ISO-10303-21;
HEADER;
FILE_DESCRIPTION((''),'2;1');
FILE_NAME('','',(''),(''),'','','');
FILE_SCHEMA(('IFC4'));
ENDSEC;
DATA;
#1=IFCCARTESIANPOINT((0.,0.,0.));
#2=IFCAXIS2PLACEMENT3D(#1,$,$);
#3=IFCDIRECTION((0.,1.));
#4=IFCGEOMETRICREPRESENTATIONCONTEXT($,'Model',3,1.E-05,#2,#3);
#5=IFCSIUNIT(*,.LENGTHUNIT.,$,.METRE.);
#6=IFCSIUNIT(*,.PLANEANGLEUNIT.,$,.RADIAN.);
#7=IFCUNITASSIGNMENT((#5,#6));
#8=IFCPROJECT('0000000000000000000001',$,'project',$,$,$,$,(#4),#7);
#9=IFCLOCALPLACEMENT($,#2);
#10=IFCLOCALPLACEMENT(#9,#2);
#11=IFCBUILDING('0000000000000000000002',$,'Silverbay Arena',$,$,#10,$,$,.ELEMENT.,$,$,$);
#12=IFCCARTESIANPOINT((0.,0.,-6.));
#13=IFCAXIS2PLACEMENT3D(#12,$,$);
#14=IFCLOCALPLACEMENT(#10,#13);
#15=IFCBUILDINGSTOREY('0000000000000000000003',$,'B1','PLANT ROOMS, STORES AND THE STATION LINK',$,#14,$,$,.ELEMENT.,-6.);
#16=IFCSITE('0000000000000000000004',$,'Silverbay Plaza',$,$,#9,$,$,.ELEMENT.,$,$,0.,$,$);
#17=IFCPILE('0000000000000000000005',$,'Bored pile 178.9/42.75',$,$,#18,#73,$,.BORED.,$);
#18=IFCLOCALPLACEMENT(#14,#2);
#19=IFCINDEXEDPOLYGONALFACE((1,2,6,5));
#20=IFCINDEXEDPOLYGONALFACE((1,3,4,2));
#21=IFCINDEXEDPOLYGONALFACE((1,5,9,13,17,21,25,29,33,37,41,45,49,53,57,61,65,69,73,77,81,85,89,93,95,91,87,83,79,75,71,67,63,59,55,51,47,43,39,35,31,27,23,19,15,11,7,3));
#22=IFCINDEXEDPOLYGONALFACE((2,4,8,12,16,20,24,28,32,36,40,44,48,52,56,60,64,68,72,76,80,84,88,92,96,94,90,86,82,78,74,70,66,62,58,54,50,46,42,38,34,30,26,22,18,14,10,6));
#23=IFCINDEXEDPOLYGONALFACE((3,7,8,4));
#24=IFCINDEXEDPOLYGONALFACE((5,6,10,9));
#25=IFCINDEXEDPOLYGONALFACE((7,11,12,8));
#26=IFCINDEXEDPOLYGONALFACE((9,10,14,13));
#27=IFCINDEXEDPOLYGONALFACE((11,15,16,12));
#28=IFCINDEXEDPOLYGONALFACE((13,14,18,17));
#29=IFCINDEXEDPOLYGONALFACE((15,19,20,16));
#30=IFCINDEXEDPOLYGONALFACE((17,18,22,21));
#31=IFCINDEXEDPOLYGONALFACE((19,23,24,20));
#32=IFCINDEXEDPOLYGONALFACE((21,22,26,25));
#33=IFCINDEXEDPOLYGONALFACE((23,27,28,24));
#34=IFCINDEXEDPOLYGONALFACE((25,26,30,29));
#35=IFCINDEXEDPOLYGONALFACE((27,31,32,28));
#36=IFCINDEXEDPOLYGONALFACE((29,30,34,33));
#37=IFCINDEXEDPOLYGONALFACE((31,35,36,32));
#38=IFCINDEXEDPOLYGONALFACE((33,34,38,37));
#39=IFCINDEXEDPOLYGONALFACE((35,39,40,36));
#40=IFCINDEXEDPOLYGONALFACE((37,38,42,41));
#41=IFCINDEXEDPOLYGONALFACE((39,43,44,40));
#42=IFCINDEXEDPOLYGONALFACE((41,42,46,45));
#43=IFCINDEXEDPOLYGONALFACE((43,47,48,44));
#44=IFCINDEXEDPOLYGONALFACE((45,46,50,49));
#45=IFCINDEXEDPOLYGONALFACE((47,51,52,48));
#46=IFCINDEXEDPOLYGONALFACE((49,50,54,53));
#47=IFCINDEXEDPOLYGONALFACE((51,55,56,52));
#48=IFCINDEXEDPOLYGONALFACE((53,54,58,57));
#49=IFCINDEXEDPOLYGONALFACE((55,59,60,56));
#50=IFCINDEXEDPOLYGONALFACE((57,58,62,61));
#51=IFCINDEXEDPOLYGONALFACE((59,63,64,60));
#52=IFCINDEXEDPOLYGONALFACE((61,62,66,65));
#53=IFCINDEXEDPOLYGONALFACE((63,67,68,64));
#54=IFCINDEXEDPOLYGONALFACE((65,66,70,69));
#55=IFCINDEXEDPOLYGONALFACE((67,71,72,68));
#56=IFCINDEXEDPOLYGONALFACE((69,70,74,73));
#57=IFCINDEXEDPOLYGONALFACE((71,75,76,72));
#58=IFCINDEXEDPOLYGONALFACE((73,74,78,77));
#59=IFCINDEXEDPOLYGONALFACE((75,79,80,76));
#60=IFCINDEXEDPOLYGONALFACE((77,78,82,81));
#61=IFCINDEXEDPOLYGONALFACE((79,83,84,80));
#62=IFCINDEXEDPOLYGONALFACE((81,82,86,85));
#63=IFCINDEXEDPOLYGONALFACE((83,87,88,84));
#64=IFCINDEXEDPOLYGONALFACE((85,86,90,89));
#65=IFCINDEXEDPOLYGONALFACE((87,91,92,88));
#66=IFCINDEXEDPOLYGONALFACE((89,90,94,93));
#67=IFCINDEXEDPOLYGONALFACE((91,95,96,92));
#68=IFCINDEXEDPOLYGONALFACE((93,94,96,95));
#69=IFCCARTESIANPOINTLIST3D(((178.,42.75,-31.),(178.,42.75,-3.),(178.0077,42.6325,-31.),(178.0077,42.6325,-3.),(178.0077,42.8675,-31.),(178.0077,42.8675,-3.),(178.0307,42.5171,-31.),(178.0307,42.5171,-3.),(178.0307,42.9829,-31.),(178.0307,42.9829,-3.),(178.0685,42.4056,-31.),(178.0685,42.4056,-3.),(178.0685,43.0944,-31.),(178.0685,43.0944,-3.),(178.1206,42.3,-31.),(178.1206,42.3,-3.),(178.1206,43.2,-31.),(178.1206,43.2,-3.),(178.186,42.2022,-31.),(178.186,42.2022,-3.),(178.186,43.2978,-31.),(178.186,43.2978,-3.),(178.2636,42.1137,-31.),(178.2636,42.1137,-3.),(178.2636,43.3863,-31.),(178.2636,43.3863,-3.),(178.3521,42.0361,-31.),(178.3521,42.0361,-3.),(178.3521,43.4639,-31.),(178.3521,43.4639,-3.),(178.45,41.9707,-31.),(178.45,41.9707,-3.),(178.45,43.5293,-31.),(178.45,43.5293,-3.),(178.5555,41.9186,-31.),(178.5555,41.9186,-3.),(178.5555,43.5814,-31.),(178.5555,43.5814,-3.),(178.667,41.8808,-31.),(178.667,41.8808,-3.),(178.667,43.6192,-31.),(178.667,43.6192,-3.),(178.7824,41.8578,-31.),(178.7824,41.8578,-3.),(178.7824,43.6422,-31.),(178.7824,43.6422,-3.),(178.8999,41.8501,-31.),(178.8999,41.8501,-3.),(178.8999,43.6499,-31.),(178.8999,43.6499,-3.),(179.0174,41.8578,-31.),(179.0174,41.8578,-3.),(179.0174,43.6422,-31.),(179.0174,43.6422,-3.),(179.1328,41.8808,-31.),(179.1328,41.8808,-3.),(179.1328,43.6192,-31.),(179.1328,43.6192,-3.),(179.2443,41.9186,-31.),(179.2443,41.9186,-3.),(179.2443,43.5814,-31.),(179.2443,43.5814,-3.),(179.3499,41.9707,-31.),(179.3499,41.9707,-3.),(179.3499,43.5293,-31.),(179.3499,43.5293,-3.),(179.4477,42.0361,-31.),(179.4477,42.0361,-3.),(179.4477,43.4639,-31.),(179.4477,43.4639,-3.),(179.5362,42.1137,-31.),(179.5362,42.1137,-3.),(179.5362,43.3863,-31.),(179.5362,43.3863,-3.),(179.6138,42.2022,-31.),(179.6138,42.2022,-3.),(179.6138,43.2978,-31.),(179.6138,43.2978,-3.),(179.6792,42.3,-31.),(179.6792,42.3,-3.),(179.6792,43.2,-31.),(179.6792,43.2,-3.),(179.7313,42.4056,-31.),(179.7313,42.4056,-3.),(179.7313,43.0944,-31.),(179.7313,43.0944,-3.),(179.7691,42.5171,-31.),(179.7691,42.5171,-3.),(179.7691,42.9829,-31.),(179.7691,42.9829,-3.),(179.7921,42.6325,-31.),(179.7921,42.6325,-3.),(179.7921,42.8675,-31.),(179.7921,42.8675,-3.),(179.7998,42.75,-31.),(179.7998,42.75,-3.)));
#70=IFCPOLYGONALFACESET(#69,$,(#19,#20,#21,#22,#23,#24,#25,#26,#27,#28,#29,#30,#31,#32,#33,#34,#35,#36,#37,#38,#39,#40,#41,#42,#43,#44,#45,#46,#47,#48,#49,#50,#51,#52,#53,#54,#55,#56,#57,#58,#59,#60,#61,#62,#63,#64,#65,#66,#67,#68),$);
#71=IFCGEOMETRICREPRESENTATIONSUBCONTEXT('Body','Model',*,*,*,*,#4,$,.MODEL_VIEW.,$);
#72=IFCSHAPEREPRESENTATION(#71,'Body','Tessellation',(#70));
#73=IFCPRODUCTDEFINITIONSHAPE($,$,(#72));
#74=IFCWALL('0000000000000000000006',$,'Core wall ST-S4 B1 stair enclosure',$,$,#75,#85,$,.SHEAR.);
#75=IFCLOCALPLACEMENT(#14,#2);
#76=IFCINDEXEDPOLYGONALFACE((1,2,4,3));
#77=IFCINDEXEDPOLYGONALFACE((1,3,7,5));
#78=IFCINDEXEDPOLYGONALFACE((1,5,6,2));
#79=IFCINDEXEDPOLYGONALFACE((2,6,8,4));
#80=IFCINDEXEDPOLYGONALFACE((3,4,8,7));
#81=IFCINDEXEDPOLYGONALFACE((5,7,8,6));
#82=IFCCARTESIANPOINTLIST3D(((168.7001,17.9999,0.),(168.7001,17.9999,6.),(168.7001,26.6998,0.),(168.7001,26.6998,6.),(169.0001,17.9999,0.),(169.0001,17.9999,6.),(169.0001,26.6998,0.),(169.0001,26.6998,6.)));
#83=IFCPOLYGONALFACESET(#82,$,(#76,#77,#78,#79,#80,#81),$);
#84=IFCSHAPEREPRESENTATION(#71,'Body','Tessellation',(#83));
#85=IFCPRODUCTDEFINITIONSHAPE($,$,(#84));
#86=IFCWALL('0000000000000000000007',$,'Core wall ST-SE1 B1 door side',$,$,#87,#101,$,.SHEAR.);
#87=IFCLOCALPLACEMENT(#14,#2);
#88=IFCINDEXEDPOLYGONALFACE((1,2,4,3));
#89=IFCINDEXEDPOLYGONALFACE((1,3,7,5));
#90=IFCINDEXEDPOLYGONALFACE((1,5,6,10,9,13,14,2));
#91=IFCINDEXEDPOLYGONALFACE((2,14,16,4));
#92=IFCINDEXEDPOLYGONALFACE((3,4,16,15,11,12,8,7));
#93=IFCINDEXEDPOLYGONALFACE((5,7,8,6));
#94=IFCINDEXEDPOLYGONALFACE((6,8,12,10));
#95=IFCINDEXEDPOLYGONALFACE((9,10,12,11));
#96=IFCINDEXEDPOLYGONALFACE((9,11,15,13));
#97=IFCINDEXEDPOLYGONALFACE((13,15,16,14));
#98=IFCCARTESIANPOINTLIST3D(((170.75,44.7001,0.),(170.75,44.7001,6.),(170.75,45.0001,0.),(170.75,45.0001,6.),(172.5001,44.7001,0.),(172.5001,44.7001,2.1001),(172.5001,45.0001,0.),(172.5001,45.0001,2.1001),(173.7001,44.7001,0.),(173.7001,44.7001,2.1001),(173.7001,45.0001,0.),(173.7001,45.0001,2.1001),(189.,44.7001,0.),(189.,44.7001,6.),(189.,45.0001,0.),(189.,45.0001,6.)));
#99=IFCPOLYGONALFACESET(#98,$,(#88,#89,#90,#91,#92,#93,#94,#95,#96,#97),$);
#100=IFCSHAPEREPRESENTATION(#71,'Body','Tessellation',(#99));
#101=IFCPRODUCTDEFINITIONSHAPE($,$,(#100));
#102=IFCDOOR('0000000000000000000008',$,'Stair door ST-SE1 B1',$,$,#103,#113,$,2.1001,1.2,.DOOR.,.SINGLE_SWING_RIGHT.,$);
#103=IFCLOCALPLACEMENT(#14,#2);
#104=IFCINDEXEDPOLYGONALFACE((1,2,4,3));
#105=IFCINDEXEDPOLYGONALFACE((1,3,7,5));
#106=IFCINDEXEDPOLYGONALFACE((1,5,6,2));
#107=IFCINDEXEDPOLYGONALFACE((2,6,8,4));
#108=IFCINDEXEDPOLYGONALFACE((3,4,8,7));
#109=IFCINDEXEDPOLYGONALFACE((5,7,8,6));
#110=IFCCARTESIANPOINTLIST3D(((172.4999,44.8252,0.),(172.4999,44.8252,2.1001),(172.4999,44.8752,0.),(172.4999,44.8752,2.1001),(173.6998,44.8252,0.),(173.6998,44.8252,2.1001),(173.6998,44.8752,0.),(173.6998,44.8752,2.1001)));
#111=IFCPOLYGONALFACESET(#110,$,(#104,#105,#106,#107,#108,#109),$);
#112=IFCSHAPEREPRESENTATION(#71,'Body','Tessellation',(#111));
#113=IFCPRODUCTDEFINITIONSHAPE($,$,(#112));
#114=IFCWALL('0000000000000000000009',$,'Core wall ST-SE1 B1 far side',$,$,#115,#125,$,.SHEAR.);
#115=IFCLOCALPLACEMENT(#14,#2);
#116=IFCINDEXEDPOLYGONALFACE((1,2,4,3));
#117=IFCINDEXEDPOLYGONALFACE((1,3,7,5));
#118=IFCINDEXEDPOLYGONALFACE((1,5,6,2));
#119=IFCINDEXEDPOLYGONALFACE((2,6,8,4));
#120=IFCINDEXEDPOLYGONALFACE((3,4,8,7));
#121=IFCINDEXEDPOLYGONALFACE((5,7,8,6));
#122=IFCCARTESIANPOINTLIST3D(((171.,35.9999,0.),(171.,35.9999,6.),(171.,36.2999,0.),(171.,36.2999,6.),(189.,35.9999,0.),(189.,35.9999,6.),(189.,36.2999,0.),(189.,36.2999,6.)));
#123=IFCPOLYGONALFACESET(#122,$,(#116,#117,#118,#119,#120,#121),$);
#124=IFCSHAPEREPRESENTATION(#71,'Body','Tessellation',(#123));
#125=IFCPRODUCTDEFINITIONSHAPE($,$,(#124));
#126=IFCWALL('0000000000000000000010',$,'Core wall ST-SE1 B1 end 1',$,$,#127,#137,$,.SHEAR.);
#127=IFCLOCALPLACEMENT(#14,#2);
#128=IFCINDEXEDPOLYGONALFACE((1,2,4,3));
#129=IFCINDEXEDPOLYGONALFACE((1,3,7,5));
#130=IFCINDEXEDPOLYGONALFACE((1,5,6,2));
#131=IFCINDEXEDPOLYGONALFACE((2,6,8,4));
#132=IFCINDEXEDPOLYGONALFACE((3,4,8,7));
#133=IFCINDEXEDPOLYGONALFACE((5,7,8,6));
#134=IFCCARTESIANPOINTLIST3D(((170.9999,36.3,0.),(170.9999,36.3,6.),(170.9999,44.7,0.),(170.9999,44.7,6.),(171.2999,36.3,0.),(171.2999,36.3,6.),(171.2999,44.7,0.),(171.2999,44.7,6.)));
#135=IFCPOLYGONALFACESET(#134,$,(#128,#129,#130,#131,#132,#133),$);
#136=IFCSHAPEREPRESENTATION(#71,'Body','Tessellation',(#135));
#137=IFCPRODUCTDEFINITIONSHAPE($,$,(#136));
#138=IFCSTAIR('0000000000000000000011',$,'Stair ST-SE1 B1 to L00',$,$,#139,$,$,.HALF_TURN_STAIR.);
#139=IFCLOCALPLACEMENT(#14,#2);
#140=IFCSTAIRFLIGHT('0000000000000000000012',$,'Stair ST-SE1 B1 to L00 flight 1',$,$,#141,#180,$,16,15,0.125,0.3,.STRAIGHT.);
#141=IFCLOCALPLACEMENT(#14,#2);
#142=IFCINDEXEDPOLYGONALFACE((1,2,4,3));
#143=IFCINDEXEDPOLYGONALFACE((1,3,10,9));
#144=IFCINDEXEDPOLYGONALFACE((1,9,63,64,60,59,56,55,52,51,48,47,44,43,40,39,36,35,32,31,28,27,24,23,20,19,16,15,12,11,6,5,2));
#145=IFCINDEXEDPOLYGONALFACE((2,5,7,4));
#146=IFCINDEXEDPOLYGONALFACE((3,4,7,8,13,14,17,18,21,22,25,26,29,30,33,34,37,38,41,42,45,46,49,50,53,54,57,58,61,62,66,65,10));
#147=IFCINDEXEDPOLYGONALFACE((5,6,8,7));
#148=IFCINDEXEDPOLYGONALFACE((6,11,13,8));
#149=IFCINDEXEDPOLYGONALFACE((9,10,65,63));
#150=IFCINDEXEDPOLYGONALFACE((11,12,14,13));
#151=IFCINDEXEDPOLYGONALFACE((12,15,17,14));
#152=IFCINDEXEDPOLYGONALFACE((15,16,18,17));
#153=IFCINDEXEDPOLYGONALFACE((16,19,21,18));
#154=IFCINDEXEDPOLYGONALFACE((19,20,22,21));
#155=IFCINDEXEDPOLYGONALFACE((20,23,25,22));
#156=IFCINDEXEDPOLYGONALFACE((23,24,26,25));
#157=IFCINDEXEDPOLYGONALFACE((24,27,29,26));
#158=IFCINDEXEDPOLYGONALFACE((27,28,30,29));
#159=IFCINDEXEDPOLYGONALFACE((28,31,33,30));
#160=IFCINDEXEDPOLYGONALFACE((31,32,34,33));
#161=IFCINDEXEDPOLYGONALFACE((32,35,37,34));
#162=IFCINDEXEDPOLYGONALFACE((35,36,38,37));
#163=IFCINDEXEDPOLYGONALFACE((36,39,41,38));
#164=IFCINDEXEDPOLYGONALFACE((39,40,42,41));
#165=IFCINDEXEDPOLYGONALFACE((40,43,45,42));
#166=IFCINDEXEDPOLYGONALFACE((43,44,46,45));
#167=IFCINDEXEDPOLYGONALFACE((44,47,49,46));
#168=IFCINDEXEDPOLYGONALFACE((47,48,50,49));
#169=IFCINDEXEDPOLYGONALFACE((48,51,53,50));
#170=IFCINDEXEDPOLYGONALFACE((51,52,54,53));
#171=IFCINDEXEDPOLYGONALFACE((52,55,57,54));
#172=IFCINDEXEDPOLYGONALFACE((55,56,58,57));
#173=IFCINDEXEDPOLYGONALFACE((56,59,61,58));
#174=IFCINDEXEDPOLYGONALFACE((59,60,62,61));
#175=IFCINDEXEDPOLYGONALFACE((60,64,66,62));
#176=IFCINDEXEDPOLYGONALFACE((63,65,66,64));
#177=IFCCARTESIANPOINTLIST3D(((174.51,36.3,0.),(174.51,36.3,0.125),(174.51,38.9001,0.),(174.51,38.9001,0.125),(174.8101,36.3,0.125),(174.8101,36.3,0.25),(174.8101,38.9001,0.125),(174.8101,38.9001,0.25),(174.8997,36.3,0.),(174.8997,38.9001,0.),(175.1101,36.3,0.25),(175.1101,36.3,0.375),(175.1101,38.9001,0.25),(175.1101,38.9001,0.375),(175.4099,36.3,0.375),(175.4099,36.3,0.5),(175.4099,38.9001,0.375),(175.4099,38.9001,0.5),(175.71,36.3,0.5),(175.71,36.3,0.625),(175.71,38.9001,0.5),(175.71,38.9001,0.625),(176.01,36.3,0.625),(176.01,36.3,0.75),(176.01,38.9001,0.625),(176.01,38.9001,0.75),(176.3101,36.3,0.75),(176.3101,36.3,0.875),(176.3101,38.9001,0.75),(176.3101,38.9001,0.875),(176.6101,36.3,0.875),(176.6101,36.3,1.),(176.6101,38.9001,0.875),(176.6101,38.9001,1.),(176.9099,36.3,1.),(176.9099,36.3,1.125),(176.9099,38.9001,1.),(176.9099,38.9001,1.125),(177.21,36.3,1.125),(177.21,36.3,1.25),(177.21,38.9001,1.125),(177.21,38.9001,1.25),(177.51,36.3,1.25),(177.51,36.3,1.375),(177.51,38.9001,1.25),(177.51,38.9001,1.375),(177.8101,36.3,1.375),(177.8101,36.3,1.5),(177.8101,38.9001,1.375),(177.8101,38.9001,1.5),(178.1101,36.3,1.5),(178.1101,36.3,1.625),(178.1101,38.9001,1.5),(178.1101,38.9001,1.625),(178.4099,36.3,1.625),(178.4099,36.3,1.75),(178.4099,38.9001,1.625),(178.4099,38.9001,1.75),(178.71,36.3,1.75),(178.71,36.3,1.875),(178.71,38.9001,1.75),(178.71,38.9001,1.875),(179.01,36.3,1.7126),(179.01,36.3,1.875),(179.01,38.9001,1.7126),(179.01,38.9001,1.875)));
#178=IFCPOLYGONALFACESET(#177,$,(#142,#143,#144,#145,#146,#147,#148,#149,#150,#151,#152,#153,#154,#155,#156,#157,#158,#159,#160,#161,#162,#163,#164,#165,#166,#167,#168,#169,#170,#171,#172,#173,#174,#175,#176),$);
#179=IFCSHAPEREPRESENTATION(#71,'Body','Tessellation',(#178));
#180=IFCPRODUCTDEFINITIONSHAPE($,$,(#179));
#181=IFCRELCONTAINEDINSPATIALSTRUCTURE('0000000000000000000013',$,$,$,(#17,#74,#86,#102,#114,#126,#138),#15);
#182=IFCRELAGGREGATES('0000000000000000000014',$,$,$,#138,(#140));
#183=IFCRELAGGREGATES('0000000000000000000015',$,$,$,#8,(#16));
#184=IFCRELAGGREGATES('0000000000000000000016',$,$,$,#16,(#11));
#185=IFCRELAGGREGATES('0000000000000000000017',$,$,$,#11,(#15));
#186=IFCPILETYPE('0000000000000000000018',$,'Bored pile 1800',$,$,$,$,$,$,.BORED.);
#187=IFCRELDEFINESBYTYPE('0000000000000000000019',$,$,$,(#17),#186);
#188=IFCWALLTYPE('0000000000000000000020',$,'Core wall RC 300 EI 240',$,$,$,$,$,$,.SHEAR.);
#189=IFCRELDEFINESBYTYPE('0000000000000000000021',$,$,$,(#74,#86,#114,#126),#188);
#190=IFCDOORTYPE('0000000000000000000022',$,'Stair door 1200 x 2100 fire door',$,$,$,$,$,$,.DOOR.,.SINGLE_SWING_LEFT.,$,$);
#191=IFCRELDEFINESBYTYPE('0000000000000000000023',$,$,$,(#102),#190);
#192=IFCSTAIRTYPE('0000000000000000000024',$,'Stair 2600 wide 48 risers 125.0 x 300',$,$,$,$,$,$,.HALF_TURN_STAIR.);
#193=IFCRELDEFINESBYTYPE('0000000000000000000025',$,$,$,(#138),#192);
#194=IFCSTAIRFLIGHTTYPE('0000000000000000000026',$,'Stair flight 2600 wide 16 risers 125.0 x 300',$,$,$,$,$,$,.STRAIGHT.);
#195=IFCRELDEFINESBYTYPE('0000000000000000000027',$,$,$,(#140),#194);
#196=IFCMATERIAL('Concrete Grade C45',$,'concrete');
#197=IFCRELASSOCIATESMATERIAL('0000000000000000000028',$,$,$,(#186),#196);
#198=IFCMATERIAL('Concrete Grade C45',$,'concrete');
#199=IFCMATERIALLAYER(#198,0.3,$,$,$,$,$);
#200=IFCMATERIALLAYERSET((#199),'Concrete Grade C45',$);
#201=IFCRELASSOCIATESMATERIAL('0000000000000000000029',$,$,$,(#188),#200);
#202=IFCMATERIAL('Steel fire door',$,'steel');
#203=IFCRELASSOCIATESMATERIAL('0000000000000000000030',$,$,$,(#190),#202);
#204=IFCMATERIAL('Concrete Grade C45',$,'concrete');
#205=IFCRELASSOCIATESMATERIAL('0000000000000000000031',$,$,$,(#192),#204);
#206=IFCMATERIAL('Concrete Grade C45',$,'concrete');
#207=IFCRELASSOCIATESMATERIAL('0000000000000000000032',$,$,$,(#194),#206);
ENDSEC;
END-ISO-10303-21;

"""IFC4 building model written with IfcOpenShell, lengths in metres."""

from ifc_helpers import new_model, si_unit, direction, frame, frame_2d, origin, origin_2d, place, context, subcontext, project, spatial, polyline, rectangle, circle, outline, extrude, material, layer, layer_set, material_profile, profile_set, type_object, element, fill, aggregate, save


model = new_model("IFC4")

# Units and contexts
model_context = context("Model", 3, precision=1e-05, world=origin(), true_north=direction((0.0, 1.0)))
body_context = subcontext(model_context, "Body", "Model", "MODEL_VIEW")
ifc_project = project(units=[si_unit("LENGTHUNIT", "METRE"), si_unit("PLANEANGLEUNIT", "RADIAN")], contexts=[model_context])

# Site, building, storey
site_placement = place(None, origin())
site = spatial("IfcSite", under=ifc_project, at=site_placement, Name="Silverbay Plaza", CompositionType="ELEMENT", RefElevation=0.0)
building_placement = place(site_placement, origin())
building = spatial("IfcBuilding", under=site, at=building_placement, Name="Silverbay Arena", CompositionType="ELEMENT")
storey_placement = place(building_placement, frame((0.0, 0.0, -6.0)))
storey = spatial("IfcBuildingStorey", under=building, at=storey_placement, Name="B1", Description="PLANT ROOMS, STORES AND THE STATION LINK", CompositionType="ELEMENT", Elevation=-6.0)

# Pile
ifc_material_1 = material(Name="Concrete Grade C45", Category="concrete")
ifc_material_profile = material_profile(ifc_material_1, circle(Radius=0.8999, at=origin_2d()), Name="Bored pile 1800")
ifc_profile_set = profile_set([ifc_material_profile], Name="Concrete Grade C45")
pile_type = type_object("IfcPileType", Name="Bored pile 1800", PredefinedType="BORED", material=ifc_profile_set)
for number, where, z_axis, x_axis, name in (
    (1, (178.8999, 42.75, -3.0), (0.0, 0.0, -1.0), (1.0, 0.0, 0.0), "Bored pile 178.9/42.75"),
):
    element("IfcPile", number, at=place(storey_placement, frame(where, z_axis=z_axis, x_axis=x_axis)), inside=storey, type_object=pile_type, Name=name, PredefinedType="BORED", context=body_context, shape_type="SweptSolid", body=[
        extrude(circle(Radius=0.8999, at=origin_2d()), origin(), (0.0, 0.0, 1.0), 28.0),
    ])

# Wall
ifc_material_2 = material(Name="Concrete Grade C45", Category="concrete")
ifc_layer = layer(ifc_material_2, 0.3)
ifc_layer_set = layer_set([ifc_layer], Name="Concrete Grade C45")
wall_type = type_object("IfcWallType", Name="Core wall RC 300 EI 240", PredefinedType="SHEAR", material=ifc_layer_set)
wall_1_placement = place(storey_placement, frame((168.8501, 26.7, 0.0), z_axis=(0.0, 0.0, 1.0), x_axis=(0.0, -1.0, 0.0)))
element("IfcWall", 2, at=wall_1_placement, inside=storey, type_object=wall_type, Name="Core wall ST-S4 B1 stair enclosure", PredefinedType="SHEAR", context=body_context, shape_type="SweptSolid", body=[
    extrude(rectangle(XDim=8.7, YDim=0.3, at=frame_2d((4.3501, 0.0))), origin(), (0.0, 0.0, 1.0), 6.0),
])

# Wall, opening, door
wall_2_placement = place(storey_placement, frame((170.75, 44.8501, 0.0), z_axis=(0.0, 0.0, 1.0), x_axis=(1.0, 0.0, 0.0)))
wall_2 = element("IfcWall", 3, at=wall_2_placement, inside=storey, type_object=wall_type, Name="Core wall ST-SE1 B1 door side", PredefinedType="SHEAR", context=body_context, shape_type="SweptSolid", body=[
    extrude(rectangle(XDim=18.25, YDim=0.3, at=frame_2d((9.125, 0.0))), origin(), (0.0, 0.0, 1.0), 6.0),
])
opening_placement = place(wall_2_placement, frame((1.75, 0.0, 0.0)))
opening = element("IfcOpeningElement", 4, at=opening_placement, cuts=wall_2, PredefinedType="OPENING", context=body_context, shape_type="SweptSolid", body=[
    extrude(rectangle(XDim=1.2, YDim=2.1001, at=frame_2d((0.6001, 1.05))), frame((0.0, 0.1602, 0.0), z_axis=(0.0, -1.0, 0.0), x_axis=(1.0, 0.0, 0.0)), (0.0, 0.0, 1.0), 0.3201),
])
ifc_material_3 = material(Name="Steel fire door", Category="steel")
door_type = type_object("IfcDoorType", Name="Stair door 1200 x 2100 fire door", OperationType="SINGLE_SWING_LEFT", PredefinedType="DOOR", material=ifc_material_3)
door_placement = place(opening_placement, frame((1.2, 0.0, 0.0), z_axis=(0.0, 0.0, 1.0), x_axis=(-1.0, 0.0, 0.0)))
door = element("IfcDoor", 5, at=door_placement, inside=storey, type_object=door_type, Name="Stair door ST-SE1 B1", OperationType="SINGLE_SWING_RIGHT", OverallHeight=2.1001, OverallWidth=1.2, PredefinedType="DOOR", context=body_context, shape_type="SweptSolid", body=[
    extrude(rectangle(XDim=1.2, YDim=2.1001, at=frame_2d((0.6001, 1.05))), frame((0.0, 0.0249, 0.0), z_axis=(0.0, -1.0, 0.0), x_axis=(1.0, 0.0, 0.0)), (0.0, 0.0, 1.0), 0.05),
])
fill(opening, door)

# Walls
wall_3_placement = place(storey_placement, frame((171.0, 36.1499, 0.0), z_axis=(0.0, 0.0, 1.0), x_axis=(1.0, 0.0, 0.0)))
element("IfcWall", 6, at=wall_3_placement, inside=storey, type_object=wall_type, Name="Core wall ST-SE1 B1 far side", PredefinedType="SHEAR", context=body_context, shape_type="SweptSolid", body=[
    extrude(rectangle(XDim=18.0, YDim=0.3, at=frame_2d((9.0, 0.0))), origin(), (0.0, 0.0, 1.0), 6.0),
])
wall_4_placement = place(storey_placement, frame((171.1499, 44.7, 0.0), z_axis=(0.0, 0.0, 1.0), x_axis=(0.0, -1.0, 0.0)))
element("IfcWall", 7, at=wall_4_placement, inside=storey, type_object=wall_type, Name="Core wall ST-SE1 B1 end 1", PredefinedType="SHEAR", context=body_context, shape_type="SweptSolid", body=[
    extrude(rectangle(XDim=8.3999, YDim=0.3, at=frame_2d((4.2, 0.0))), origin(), (0.0, 0.0, 1.0), 6.0),
])

# Stair, stair flight
ifc_material_4 = material(Name="Concrete Grade C45", Category="concrete")
stair_type = type_object("IfcStairType", Name="Stair 2600 wide 48 risers 125.0 x 300", PredefinedType="HALF_TURN_STAIR", material=ifc_material_4)
stair_placement = place(storey_placement, origin())
stair = element("IfcStair", 8, at=stair_placement, inside=storey, type_object=stair_type, Name="Stair ST-SE1 B1 to L00", PredefinedType="HALF_TURN_STAIR")
ifc_material_5 = material(Name="Concrete Grade C45", Category="concrete")
stair_flight_type = type_object("IfcStairFlightType", Name="Stair flight 2600 wide 16 risers 125.0 x 300", PredefinedType="STRAIGHT", material=ifc_material_5)
stair_flight_1_placement = place(storey_placement, frame((174.51, 37.6001, 0.0), z_axis=(0.0, 0.0, 1.0), x_axis=(1.0, 0.0, 0.0)))
stair_flight_1 = element("IfcStairFlight", 9, at=stair_flight_1_placement, type_object=stair_flight_type, Name="Stair ST-SE1 B1 to L00 flight 1", NumberOfRisers=16, NumberOfTreads=15, PredefinedType="STRAIGHT", RiserHeight=0.125, TreadLength=0.3, context=body_context, shape_type="SweptSolid", body=[
    extrude(outline(polyline([(0.0, 0.0), (0.0, 0.125), (0.3, 0.125), (0.3, 0.25), (0.6001, 0.25), (0.6001, 0.375), (0.8999, 0.375), (0.8999, 0.5), (1.2, 0.5), (1.2, 0.625), (1.5, 0.625), (1.5, 0.75), (1.8, 0.75), (1.8, 0.875), (2.1001, 0.875), (2.1001, 1.0), (2.3999, 1.0), (2.3999, 1.125), (2.7, 1.125), (2.7, 1.25), (3.0, 1.25), (3.0, 1.375), (3.3, 1.375), (3.3, 1.5), (3.6001, 1.5), (3.6001, 1.625), (3.8999, 1.625), (3.8999, 1.75), (4.2, 1.75), (4.2, 1.875), (4.5, 1.875), (4.5, 1.7126), (0.3896, 0.0), (0.0, 0.0)])), frame((0.0, 1.3, 0.0), z_axis=(0.0, -1.0, 0.0), x_axis=(1.0, 0.0, 0.0)), (0.0, 0.0, 1.0), 2.6001),
])
aggregate(stair, [stair_flight_1])

save(model, "model.ifc")
